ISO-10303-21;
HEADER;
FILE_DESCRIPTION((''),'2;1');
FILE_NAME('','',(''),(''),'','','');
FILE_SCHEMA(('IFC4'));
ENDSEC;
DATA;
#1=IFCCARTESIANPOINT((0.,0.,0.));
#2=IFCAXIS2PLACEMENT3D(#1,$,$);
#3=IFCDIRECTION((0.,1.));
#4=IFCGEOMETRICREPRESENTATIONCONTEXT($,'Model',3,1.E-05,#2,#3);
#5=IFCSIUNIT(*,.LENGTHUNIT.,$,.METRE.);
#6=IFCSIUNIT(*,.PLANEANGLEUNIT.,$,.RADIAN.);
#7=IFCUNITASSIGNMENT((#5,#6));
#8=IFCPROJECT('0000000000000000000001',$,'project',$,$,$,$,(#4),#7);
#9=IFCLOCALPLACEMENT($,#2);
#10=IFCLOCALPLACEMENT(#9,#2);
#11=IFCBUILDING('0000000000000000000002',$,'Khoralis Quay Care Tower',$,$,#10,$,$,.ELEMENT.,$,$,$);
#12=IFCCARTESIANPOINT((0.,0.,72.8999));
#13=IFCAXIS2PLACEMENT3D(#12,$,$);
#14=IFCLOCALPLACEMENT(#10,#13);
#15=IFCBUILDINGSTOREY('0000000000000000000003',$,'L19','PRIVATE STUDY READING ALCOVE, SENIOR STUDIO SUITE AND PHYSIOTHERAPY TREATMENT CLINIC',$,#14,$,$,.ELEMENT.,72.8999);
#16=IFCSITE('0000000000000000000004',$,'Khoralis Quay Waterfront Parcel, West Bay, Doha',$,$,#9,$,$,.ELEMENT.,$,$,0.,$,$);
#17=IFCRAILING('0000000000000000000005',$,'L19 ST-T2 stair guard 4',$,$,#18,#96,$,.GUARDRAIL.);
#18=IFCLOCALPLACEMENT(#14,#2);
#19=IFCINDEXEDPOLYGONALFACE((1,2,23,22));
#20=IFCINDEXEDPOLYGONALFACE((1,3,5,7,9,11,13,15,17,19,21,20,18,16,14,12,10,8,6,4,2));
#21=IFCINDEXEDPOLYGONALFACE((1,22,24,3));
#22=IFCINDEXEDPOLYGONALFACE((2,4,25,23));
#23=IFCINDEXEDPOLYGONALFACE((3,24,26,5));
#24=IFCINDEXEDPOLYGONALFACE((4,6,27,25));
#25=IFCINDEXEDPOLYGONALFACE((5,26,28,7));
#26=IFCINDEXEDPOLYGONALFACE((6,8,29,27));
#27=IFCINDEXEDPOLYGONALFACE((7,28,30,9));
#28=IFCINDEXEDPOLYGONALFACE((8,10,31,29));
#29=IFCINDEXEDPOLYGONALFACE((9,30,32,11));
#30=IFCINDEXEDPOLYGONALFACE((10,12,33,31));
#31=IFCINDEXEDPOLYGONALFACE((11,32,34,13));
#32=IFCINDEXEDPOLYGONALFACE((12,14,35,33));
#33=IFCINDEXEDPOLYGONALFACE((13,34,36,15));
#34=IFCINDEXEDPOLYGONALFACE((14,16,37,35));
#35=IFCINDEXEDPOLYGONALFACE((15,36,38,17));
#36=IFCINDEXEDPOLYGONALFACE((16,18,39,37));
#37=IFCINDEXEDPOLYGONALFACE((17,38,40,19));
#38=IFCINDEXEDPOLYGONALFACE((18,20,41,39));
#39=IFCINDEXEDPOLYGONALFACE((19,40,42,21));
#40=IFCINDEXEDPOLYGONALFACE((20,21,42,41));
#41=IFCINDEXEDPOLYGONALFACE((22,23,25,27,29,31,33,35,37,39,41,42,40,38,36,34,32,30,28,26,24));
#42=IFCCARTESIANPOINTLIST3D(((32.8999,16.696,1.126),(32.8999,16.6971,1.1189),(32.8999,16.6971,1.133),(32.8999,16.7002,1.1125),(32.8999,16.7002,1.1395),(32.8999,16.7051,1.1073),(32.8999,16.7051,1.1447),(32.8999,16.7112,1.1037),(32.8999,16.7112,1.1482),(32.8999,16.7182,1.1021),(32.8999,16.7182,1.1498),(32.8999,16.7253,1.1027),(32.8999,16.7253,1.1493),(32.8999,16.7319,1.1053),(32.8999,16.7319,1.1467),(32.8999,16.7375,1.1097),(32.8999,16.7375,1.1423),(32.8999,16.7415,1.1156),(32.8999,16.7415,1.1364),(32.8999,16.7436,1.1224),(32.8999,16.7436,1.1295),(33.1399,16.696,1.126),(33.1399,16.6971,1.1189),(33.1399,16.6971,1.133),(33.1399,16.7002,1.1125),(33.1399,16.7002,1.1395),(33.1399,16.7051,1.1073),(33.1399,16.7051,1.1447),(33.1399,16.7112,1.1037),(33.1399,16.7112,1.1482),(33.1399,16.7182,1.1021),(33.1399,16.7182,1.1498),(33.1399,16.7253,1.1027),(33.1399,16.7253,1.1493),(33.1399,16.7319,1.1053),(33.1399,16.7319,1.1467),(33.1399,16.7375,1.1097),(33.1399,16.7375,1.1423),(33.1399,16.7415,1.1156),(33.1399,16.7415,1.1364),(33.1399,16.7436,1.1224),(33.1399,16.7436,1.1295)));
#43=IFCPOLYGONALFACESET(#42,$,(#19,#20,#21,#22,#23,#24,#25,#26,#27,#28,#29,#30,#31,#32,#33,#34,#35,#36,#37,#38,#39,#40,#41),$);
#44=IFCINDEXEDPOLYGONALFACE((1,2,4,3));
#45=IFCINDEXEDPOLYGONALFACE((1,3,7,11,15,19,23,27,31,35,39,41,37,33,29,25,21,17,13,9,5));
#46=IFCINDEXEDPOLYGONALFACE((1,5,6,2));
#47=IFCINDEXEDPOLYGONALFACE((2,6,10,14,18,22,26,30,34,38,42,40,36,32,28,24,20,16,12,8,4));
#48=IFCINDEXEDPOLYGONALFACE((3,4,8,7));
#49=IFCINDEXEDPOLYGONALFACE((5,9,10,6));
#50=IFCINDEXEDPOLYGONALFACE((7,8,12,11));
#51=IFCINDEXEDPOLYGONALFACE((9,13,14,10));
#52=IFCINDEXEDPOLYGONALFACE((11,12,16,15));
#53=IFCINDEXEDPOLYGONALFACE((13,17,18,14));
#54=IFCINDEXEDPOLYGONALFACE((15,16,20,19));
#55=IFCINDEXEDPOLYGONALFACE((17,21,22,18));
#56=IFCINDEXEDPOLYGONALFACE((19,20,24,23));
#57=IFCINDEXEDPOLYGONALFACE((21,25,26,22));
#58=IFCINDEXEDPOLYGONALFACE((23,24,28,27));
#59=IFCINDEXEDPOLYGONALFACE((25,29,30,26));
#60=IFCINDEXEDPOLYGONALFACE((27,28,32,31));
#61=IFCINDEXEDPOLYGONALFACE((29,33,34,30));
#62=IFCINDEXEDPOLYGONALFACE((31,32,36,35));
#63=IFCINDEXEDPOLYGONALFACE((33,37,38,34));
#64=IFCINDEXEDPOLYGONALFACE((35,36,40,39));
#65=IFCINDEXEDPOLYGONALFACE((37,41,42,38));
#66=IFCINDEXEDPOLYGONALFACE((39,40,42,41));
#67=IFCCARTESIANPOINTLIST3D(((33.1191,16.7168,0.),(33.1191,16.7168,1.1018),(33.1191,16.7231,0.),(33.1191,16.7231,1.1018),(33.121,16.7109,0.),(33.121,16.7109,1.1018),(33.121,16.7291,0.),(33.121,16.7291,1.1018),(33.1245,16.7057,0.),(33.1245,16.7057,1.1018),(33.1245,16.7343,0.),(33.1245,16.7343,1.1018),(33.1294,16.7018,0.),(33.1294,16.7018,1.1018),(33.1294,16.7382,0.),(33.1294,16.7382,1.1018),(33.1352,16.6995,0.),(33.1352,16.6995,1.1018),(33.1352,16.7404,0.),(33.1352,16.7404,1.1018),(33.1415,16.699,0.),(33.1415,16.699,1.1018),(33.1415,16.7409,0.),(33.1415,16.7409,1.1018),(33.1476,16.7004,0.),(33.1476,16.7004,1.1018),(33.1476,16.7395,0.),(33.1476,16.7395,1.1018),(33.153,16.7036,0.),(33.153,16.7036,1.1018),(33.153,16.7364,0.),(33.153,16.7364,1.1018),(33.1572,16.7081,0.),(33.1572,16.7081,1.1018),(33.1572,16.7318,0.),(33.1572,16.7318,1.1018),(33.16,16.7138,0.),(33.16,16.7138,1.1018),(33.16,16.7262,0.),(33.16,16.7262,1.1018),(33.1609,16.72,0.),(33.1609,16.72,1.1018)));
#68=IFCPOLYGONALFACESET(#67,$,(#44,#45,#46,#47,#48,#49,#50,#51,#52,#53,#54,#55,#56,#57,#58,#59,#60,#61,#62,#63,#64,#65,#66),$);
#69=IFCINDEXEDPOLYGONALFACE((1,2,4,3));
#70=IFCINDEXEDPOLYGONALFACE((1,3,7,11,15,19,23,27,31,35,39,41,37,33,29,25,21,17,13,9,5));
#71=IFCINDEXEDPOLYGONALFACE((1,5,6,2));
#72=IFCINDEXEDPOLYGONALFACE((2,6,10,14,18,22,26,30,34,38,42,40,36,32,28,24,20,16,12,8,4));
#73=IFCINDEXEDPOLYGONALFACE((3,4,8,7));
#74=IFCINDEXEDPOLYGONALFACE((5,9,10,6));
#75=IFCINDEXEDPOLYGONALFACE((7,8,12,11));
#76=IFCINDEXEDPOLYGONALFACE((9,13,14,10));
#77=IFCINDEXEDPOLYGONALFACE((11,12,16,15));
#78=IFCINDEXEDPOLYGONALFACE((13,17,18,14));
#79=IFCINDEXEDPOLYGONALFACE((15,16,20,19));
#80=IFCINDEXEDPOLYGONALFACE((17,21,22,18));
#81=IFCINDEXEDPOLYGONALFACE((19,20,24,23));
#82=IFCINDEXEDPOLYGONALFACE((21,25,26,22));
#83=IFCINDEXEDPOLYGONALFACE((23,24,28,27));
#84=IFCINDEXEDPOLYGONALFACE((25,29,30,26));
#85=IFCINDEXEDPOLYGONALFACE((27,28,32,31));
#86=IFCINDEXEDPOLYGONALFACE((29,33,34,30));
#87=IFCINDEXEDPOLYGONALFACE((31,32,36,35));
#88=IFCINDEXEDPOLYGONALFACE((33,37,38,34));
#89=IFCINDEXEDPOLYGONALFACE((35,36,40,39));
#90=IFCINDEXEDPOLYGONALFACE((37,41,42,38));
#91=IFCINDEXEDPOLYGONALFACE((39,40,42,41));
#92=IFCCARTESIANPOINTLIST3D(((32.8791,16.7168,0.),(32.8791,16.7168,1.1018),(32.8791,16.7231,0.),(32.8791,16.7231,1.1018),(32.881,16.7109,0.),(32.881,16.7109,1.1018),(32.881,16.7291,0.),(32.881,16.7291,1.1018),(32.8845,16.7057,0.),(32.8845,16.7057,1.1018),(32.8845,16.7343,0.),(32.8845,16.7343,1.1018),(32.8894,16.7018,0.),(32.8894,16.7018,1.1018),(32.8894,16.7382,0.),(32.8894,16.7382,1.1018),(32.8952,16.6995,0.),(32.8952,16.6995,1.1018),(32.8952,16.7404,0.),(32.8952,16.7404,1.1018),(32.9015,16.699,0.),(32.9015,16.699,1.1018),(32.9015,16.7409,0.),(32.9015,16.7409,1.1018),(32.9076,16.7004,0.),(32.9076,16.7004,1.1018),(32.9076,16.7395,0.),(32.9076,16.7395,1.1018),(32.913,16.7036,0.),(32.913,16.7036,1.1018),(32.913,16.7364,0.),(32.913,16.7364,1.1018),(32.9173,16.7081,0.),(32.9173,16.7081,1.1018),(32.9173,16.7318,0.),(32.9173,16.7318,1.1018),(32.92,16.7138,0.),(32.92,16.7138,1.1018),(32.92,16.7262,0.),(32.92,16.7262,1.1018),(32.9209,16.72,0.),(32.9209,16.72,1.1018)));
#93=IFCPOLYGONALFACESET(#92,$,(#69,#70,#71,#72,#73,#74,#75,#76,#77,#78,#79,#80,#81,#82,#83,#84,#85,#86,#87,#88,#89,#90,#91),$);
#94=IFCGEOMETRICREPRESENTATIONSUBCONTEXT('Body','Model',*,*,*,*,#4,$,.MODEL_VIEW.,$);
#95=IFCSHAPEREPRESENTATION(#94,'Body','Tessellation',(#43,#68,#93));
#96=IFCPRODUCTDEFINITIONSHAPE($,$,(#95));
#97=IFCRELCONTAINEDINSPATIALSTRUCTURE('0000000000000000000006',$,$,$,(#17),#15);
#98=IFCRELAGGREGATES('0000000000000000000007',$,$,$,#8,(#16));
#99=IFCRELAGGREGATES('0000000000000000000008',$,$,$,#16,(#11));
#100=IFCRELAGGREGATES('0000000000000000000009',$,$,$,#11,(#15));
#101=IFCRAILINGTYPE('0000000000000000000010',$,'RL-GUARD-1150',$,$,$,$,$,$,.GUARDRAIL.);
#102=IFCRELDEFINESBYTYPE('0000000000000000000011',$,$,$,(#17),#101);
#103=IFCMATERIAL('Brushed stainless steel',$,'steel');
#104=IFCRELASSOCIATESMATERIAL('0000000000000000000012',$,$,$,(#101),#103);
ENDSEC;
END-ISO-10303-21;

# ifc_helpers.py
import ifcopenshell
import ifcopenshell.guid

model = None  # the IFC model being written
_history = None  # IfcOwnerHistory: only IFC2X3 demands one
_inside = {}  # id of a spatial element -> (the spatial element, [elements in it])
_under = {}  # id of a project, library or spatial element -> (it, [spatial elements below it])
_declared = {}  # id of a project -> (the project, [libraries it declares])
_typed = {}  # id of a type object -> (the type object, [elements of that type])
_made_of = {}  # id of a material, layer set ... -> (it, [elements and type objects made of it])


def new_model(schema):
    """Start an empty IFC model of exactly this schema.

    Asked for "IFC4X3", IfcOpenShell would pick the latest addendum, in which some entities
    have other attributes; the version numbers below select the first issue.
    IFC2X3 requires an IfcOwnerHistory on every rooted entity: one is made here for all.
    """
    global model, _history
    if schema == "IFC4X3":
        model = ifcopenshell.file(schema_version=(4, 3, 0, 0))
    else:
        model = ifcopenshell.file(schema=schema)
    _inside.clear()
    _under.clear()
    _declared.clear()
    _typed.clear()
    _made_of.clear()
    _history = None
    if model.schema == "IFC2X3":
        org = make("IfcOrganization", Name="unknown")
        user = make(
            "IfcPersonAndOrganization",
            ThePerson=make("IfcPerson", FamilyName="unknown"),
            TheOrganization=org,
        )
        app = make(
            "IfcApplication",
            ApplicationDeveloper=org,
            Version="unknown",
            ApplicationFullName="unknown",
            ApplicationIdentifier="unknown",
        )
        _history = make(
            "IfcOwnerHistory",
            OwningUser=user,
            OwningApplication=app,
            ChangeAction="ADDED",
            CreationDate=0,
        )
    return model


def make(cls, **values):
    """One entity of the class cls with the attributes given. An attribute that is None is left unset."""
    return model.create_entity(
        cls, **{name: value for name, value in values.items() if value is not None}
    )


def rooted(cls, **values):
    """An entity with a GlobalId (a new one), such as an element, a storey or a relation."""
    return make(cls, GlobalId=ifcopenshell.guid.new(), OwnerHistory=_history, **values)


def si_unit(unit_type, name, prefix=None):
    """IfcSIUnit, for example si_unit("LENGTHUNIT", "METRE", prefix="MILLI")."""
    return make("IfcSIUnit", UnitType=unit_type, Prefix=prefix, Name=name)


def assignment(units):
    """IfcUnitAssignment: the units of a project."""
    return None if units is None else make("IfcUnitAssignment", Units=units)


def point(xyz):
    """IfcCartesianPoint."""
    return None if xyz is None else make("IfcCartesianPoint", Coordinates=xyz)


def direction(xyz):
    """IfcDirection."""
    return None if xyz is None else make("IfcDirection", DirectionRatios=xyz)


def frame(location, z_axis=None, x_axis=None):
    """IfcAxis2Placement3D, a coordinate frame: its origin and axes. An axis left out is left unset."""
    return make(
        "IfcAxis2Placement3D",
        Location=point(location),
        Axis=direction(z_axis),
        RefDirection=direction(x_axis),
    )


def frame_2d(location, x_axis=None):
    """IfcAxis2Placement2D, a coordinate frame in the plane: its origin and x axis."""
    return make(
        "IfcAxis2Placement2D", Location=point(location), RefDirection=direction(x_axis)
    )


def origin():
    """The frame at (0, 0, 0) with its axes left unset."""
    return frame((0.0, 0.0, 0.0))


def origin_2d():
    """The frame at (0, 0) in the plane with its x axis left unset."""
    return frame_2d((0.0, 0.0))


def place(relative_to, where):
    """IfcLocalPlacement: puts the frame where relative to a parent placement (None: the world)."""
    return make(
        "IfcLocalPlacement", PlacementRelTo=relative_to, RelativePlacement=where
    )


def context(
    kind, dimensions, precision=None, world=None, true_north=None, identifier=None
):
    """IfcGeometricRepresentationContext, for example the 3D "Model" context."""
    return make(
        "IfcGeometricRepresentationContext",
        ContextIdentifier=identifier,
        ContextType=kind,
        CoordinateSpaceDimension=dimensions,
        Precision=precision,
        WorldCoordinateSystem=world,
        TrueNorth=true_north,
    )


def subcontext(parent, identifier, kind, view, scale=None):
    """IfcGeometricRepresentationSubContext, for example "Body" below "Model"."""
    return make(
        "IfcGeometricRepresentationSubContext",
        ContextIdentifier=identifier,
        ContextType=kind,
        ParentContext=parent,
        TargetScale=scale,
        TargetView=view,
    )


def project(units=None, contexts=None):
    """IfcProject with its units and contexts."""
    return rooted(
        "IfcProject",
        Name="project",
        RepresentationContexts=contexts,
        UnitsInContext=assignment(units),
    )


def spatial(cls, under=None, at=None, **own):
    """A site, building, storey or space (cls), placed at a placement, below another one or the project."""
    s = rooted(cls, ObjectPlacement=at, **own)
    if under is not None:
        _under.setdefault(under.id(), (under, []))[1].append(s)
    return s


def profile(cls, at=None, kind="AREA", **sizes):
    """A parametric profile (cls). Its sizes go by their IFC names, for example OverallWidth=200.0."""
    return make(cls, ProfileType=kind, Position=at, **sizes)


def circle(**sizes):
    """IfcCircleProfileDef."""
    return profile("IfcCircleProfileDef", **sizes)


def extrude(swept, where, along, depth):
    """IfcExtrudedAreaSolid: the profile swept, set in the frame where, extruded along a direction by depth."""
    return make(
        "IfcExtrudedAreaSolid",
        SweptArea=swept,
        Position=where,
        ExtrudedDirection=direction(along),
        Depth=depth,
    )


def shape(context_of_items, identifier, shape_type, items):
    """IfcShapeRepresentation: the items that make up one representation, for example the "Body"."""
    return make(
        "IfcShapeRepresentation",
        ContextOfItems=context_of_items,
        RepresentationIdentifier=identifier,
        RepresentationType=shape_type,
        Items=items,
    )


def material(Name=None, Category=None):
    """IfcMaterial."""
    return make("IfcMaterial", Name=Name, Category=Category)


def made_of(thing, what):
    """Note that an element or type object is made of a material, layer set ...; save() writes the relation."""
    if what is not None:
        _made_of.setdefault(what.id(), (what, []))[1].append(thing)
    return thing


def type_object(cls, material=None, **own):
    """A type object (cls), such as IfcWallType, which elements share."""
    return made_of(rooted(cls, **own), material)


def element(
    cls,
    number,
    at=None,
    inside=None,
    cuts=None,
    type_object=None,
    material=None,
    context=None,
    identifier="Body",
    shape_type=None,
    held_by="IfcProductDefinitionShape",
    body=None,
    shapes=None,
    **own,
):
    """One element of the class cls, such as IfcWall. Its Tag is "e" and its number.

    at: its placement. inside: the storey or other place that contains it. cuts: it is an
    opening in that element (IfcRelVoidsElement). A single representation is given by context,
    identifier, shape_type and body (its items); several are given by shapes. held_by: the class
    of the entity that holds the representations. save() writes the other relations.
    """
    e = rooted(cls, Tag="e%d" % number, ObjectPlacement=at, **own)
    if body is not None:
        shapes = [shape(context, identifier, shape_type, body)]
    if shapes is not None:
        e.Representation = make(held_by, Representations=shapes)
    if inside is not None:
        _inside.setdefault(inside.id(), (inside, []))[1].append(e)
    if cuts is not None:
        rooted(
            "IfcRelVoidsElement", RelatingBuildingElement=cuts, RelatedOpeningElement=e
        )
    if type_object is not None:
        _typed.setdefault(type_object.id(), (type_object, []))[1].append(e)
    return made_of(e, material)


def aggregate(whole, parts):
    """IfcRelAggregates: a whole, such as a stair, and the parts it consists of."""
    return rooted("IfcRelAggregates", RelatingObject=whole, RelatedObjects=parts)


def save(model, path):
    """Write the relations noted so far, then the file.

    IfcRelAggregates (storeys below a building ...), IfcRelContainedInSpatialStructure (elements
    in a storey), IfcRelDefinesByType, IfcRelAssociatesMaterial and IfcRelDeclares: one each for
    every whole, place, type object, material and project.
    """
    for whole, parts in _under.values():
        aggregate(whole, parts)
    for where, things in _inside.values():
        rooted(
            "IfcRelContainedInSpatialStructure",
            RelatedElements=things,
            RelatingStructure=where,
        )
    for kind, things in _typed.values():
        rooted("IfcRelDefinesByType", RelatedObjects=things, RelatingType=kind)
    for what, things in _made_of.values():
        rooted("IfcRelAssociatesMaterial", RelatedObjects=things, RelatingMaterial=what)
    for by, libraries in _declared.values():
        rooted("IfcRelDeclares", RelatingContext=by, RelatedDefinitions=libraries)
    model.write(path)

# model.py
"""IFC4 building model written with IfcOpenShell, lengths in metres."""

from ifc_helpers import new_model, si_unit, direction, frame, origin, origin_2d, place, context, subcontext, project, spatial, circle, extrude, material, type_object, element, save


model = new_model("IFC4")

# Units and contexts
model_context = context("Model", 3, precision=1e-05, world=origin(), true_north=direction((0.0, 1.0)))
body_context = subcontext(model_context, "Body", "Model", "MODEL_VIEW")
ifc_project = project(units=[si_unit("LENGTHUNIT", "METRE"), si_unit("PLANEANGLEUNIT", "RADIAN")], contexts=[model_context])

# Site, building, storey
site_placement = place(None, origin())
site = spatial("IfcSite", under=ifc_project, at=site_placement, Name="Khoralis Quay Waterfront Parcel, West Bay, Doha", CompositionType="ELEMENT", RefElevation=0.0)
building_placement = place(site_placement, origin())
building = spatial("IfcBuilding", under=site, at=building_placement, Name="Khoralis Quay Care Tower", CompositionType="ELEMENT")
storey_placement = place(building_placement, frame((0.0, 0.0, 72.8999)))
storey = spatial("IfcBuildingStorey", under=building, at=storey_placement, Name="L19", Description="PRIVATE STUDY READING ALCOVE, SENIOR STUDIO SUITE AND PHYSIOTHERAPY TREATMENT CLINIC", CompositionType="ELEMENT", Elevation=72.8999)

# Shared definitions
ifc_material_1 = material(Name="Brushed stainless steel", Category="steel")

# Railing
railing_type_1 = type_object("IfcRailingType", Name="RL-GUARD-1150", PredefinedType="GUARDRAIL", material=ifc_material_1)
railing_1_placement = place(storey_placement, frame((33.1399, 16.72, 0.0)))
element("IfcRailing", 1, at=railing_1_placement, inside=storey, type_object=railing_type_1, Name="L19 ST-T2 stair guard 4", PredefinedType="GUARDRAIL", context=body_context, shape_type="SweptSolid", body=[
    extrude(circle(Radius=0.0239, at=origin_2d()), frame((0.0, 0.0, 1.126), z_axis=(-1.0, 0.0, 0.0), x_axis=(0.0, -1.0, 0.0)), (0.0, 0.0, 1.0), 0.24),
    extrude(circle(Radius=0.021, at=origin_2d()), origin(), (0.0, 0.0, 1.0), 1.1018),
    extrude(circle(Radius=0.021, at=origin_2d()), frame((-0.24, 0.0, 0.0)), (0.0, 0.0, 1.0), 1.1018),
])

save(model, "model.ifc")
